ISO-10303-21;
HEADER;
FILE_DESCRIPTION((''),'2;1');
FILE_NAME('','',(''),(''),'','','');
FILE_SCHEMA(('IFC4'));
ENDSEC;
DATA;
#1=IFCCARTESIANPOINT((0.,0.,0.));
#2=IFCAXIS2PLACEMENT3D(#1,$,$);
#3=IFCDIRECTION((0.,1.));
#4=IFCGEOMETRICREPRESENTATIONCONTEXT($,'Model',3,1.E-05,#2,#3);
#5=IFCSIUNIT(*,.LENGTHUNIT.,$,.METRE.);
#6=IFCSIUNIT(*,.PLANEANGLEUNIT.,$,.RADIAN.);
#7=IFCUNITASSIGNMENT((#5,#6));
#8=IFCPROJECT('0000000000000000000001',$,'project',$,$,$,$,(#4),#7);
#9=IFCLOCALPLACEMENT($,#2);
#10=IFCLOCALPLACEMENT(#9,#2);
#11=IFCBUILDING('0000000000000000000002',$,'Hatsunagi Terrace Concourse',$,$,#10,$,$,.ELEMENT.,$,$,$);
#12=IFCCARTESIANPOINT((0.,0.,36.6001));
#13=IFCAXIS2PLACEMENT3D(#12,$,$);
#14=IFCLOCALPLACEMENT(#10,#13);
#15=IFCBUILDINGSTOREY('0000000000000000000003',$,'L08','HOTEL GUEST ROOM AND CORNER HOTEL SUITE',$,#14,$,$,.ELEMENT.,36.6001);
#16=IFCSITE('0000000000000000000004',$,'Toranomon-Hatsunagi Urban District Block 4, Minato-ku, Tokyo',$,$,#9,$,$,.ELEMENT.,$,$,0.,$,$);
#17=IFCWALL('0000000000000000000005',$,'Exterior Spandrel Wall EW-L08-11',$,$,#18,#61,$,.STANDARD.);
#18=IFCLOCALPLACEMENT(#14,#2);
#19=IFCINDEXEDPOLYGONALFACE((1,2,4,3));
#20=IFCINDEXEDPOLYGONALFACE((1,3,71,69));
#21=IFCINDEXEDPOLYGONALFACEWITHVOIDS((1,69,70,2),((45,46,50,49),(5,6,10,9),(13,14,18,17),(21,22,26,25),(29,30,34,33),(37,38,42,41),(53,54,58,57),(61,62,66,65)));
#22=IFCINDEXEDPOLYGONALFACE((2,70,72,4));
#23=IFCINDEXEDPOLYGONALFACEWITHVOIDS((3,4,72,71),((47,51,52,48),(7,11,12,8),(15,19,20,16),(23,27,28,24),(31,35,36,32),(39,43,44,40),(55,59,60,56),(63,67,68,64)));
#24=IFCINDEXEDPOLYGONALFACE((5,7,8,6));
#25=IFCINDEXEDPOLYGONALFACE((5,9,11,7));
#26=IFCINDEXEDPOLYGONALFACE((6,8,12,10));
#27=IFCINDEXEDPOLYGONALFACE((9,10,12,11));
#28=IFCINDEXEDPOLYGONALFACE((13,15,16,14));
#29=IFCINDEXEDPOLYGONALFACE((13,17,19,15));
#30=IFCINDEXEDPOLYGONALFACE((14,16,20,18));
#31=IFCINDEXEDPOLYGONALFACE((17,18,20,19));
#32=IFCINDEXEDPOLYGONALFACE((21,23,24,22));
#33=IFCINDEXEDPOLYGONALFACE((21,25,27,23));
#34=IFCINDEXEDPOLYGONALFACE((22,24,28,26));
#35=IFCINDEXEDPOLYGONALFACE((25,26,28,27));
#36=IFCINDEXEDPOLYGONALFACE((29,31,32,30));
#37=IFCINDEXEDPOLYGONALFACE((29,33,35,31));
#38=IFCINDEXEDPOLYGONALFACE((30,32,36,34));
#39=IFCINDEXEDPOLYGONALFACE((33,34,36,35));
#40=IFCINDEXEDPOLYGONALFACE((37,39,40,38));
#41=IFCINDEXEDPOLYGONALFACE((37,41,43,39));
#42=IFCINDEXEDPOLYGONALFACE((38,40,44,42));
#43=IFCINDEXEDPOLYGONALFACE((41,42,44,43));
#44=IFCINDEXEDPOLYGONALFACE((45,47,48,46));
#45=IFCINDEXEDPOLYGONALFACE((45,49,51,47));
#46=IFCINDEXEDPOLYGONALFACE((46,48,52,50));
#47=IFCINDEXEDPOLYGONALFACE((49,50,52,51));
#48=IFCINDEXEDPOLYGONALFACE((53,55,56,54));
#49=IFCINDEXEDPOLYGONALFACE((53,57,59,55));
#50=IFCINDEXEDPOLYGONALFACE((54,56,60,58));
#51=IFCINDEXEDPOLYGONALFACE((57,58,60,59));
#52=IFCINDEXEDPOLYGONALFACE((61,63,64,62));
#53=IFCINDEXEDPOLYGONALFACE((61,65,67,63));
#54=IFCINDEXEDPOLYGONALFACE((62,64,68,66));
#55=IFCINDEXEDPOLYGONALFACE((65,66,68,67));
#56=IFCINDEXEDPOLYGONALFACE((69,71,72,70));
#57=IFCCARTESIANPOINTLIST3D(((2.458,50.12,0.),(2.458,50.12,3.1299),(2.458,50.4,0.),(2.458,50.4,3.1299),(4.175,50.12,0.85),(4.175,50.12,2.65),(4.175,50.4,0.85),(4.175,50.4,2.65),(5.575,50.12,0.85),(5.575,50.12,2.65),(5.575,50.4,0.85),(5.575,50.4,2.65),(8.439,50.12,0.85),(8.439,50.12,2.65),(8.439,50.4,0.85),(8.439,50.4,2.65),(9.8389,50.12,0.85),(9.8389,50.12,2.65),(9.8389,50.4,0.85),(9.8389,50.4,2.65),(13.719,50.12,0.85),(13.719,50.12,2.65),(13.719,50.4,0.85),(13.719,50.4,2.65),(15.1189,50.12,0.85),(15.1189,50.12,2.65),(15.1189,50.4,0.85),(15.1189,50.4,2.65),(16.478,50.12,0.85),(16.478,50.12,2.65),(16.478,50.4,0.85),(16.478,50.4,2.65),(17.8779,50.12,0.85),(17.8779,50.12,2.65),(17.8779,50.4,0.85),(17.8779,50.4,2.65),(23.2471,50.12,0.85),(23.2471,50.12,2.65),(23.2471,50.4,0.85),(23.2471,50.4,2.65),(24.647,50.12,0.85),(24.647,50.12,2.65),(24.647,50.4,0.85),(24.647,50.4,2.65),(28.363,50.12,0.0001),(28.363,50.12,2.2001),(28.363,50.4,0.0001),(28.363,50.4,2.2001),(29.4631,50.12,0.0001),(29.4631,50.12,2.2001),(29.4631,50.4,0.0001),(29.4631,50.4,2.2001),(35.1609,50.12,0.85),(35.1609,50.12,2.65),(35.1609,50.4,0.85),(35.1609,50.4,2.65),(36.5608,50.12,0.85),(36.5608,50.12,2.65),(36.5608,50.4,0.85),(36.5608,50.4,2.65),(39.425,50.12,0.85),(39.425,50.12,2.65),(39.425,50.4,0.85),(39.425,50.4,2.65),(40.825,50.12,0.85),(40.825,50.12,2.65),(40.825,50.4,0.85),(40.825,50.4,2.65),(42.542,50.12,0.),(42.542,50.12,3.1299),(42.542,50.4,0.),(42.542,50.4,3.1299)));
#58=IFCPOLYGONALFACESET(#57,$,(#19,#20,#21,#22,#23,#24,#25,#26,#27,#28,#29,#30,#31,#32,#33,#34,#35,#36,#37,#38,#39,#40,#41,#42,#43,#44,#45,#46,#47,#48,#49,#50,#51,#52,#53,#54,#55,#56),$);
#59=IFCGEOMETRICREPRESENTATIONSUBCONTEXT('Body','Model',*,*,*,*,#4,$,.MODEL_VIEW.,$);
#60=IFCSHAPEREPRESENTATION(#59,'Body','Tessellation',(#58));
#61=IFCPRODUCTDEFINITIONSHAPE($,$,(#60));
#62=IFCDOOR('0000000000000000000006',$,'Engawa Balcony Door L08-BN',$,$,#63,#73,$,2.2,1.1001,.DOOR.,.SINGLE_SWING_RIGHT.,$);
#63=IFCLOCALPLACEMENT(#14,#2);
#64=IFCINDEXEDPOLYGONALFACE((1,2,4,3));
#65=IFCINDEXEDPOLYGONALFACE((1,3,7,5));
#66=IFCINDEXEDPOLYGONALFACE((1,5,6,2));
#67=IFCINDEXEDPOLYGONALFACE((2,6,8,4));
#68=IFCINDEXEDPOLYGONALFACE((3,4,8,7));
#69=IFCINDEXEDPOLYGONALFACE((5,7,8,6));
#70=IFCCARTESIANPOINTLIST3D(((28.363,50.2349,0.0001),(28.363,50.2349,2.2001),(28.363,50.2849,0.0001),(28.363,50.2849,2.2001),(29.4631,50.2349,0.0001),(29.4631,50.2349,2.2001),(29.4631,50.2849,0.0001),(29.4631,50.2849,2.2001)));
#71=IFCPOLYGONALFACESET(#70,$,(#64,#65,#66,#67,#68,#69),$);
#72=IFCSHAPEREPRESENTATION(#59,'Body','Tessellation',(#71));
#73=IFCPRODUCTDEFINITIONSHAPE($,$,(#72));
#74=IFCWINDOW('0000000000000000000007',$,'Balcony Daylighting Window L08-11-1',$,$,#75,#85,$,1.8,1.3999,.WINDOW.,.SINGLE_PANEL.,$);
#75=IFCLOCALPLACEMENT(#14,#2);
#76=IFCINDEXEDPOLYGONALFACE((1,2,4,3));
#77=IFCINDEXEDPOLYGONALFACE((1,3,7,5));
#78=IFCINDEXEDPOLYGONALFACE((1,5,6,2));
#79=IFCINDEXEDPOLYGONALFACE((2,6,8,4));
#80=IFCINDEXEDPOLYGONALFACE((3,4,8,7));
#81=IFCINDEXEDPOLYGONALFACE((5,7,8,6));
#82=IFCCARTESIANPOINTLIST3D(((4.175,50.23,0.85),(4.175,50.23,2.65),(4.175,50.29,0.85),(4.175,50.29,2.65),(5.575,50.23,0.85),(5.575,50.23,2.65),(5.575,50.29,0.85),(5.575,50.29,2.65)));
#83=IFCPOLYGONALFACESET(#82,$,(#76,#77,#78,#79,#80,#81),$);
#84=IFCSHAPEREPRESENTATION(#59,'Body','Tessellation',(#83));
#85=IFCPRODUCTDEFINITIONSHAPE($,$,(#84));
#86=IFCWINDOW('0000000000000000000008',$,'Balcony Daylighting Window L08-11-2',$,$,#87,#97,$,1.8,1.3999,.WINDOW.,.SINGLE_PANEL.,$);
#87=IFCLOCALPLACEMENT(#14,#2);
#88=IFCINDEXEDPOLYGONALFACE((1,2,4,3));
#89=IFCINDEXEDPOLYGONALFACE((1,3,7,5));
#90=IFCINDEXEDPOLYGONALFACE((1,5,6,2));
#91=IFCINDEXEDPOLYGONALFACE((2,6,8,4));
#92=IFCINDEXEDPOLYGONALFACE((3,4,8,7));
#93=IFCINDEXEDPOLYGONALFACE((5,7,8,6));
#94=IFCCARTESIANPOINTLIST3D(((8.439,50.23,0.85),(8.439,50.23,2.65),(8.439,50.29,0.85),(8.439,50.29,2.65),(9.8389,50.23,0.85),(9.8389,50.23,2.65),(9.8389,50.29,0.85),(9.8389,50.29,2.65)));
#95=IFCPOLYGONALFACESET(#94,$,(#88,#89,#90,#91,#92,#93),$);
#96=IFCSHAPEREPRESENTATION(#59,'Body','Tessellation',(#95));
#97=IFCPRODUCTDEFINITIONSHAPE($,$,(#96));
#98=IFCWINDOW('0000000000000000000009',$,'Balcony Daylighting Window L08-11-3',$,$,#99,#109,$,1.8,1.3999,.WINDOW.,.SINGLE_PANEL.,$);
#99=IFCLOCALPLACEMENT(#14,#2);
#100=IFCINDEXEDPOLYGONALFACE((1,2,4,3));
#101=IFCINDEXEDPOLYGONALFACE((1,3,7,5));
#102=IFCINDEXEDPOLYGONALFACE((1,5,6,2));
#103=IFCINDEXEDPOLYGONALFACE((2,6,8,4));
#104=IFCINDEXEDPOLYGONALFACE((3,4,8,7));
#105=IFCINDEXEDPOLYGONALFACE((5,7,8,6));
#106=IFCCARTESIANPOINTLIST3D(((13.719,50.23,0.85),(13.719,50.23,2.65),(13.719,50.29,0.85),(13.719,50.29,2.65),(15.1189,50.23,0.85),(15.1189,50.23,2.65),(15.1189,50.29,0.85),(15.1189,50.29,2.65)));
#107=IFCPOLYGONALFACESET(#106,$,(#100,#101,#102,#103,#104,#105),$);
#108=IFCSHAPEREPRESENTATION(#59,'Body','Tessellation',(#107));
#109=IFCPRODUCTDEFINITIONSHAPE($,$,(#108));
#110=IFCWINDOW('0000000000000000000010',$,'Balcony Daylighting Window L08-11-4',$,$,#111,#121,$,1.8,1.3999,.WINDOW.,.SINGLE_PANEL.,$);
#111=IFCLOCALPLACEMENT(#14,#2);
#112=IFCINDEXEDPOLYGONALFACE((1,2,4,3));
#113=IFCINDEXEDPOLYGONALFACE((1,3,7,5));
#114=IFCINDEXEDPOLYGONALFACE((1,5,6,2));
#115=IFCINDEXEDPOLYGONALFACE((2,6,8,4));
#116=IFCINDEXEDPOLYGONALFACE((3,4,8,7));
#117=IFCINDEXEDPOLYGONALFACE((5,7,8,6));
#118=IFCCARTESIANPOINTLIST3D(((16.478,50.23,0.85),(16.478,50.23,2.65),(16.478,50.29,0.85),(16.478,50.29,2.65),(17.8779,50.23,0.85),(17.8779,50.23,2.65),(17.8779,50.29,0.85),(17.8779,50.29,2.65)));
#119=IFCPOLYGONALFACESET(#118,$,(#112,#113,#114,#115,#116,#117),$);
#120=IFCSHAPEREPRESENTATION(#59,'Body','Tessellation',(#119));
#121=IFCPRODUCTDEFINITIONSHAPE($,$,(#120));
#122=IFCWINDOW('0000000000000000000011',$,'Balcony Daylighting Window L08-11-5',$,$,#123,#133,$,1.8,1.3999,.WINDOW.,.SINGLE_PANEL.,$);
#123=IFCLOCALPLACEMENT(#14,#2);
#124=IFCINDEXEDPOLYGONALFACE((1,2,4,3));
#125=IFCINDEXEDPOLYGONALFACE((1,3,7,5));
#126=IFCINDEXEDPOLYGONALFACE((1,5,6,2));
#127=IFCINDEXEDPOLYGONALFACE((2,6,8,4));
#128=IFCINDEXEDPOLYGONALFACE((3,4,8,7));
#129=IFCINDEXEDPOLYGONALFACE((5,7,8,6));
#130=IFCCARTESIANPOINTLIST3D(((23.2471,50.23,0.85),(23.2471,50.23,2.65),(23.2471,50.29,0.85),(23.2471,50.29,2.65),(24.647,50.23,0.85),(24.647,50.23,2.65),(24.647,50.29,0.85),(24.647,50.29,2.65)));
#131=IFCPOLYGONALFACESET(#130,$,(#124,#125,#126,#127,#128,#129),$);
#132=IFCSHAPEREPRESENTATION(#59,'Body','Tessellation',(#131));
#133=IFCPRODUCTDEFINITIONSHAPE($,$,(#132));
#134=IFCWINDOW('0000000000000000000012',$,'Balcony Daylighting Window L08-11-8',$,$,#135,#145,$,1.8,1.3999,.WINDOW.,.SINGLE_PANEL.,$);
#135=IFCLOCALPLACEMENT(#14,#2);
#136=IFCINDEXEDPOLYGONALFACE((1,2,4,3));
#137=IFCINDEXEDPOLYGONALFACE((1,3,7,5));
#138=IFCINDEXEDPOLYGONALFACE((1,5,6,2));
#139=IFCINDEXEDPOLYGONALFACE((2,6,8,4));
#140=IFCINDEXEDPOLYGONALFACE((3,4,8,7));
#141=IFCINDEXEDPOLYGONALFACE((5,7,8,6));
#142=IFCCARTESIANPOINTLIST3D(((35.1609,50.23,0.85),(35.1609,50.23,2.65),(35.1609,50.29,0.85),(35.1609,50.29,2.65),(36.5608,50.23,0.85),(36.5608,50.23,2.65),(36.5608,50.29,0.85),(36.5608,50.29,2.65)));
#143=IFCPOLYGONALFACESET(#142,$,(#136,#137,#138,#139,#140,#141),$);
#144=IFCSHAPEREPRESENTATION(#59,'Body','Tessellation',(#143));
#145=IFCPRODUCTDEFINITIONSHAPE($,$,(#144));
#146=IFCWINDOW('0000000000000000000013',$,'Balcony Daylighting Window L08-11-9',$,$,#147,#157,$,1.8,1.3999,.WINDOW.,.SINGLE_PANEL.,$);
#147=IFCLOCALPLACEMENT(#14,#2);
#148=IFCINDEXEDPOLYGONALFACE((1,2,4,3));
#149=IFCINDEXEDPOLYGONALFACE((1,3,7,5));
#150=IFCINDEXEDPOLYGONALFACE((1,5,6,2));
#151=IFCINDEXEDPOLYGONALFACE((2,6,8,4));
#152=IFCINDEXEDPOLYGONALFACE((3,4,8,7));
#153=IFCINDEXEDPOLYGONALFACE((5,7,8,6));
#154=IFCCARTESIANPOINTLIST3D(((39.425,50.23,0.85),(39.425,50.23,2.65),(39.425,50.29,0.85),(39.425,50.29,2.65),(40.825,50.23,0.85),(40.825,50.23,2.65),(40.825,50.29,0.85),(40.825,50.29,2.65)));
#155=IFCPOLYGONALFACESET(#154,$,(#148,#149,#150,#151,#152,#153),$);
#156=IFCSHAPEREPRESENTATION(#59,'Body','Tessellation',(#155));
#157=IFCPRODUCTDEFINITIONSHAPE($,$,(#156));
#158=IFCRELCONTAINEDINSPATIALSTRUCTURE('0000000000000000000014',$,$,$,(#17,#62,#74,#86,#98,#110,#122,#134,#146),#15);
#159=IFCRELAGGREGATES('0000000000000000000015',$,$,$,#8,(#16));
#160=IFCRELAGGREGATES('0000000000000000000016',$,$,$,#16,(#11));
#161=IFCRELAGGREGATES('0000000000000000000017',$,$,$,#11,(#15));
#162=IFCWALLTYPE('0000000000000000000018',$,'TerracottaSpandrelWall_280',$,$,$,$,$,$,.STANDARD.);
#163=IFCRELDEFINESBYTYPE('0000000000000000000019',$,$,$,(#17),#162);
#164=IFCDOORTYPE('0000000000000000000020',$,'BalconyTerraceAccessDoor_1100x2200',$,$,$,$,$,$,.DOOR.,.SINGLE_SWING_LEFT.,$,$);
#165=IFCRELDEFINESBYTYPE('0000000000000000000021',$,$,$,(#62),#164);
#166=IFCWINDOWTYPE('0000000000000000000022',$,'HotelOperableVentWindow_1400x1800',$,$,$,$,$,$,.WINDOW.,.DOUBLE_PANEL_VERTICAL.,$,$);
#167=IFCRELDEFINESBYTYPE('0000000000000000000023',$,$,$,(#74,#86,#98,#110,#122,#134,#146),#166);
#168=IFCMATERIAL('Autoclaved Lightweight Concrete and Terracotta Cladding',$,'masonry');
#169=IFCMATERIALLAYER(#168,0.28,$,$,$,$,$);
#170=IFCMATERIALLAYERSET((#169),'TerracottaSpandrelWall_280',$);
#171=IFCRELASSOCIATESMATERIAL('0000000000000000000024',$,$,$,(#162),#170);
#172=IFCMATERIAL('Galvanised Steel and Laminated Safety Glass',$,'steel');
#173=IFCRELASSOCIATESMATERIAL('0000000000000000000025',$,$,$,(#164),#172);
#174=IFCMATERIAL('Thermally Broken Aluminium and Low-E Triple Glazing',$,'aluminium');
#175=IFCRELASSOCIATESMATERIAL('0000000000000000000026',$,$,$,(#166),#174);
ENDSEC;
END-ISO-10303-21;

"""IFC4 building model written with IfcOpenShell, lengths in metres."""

from ifc_helpers import new_model, si_unit, direction, frame, frame_2d, origin, place, context, subcontext, project, spatial, rectangle, extrude, material, layer, layer_set, type_object, element, fill, save


model = new_model("IFC4")

# Units and contexts
model_context = context("Model", 3, precision=1e-05, world=origin(), true_north=direction((0.0, 1.0)))
body_context = subcontext(model_context, "Body", "Model", "MODEL_VIEW")
ifc_project = project(units=[si_unit("LENGTHUNIT", "METRE"), si_unit("PLANEANGLEUNIT", "RADIAN")], contexts=[model_context])

# Site, building, storey
site_placement = place(None, origin())
site = spatial("IfcSite", under=ifc_project, at=site_placement, Name="Toranomon-Hatsunagi Urban District Block 4, Minato-ku, Tokyo", CompositionType="ELEMENT", RefElevation=0.0)
building_placement = place(site_placement, origin())
building = spatial("IfcBuilding", under=site, at=building_placement, Name="Hatsunagi Terrace Concourse", CompositionType="ELEMENT")
storey_placement = place(building_placement, frame((0.0, 0.0, 36.6001)))
storey = spatial("IfcBuildingStorey", under=building, at=storey_placement, Name="L08", Description="HOTEL GUEST ROOM AND CORNER HOTEL SUITE", CompositionType="ELEMENT", Elevation=36.6001)

# Shared definitions
ifc_material_1 = material(Name="Autoclaved Lightweight Concrete and Terracotta Cladding", Category="masonry")
ifc_layer_1 = layer(ifc_material_1, 0.28)
ifc_layer_set_1 = layer_set([ifc_layer_1], Name="TerracottaSpandrelWall_280")
wall_type = type_object("IfcWallType", Name="TerracottaSpandrelWall_280", PredefinedType="STANDARD", material=ifc_layer_set_1)

# Wall, openings, door, windows
wall_1_placement = place(storey_placement, frame((2.458, 50.26, 0.0), z_axis=(0.0, 0.0, 1.0), x_axis=(1.0, 0.0, 0.0)))
wall_1 = element("IfcWall", 1, at=wall_1_placement, inside=storey, type_object=wall_type, Name="Exterior Spandrel Wall EW-L08-11", PredefinedType="STANDARD", context=body_context, shape_type="SweptSolid", body=[
    extrude(rectangle(XDim=40.084, YDim=0.28, at=frame_2d((20.042, 0.0))), origin(), (0.0, 0.0, 1.0), 3.1299),
])
opening_1_placement = place(wall_1_placement, frame((25.905, 0.0, 0.0)))
opening_1 = element("IfcOpeningElement", 2, at=opening_1_placement, cuts=wall_1, PredefinedType="OPENING", context=body_context, shape_type="SweptSolid", body=[
    extrude(rectangle(XDim=1.1001, YDim=2.2, at=frame_2d((0.55, 1.1001))), frame((0.0, 0.1499, 0.0), z_axis=(0.0, -1.0, 0.0), x_axis=(1.0, 0.0, 0.0)), (0.0, 0.0, 1.0), 0.3),
])
opening_2_placement = place(wall_1_placement, frame((1.717, 0.0, 0.8501)))
opening_2 = element("IfcOpeningElement", 3, at=opening_2_placement, cuts=wall_1, PredefinedType="OPENING", context=body_context, shape_type="SweptSolid", body=[
    extrude(rectangle(XDim=1.3999, YDim=1.8, at=frame_2d((0.7, 0.8999))), frame((0.0, 0.1499, 0.0), z_axis=(0.0, -1.0, 0.0), x_axis=(1.0, 0.0, 0.0)), (0.0, 0.0, 1.0), 0.3),
])
opening_3_placement = place(wall_1_placement, frame((5.981, 0.0, 0.8501)))
opening_3 = element("IfcOpeningElement", 4, at=opening_3_placement, cuts=wall_1, PredefinedType="OPENING", context=body_context, shape_type="SweptSolid", body=[
    extrude(rectangle(XDim=1.3999, YDim=1.8, at=frame_2d((0.7, 0.8999))), frame((0.0, 0.1499, 0.0), z_axis=(0.0, -1.0, 0.0), x_axis=(1.0, 0.0, 0.0)), (0.0, 0.0, 1.0), 0.3),
])
opening_4_placement = place(wall_1_placement, frame((11.261, 0.0, 0.8501)))
opening_4 = element("IfcOpeningElement", 5, at=opening_4_placement, cuts=wall_1, PredefinedType="OPENING", context=body_context, shape_type="SweptSolid", body=[
    extrude(rectangle(XDim=1.3999, YDim=1.8, at=frame_2d((0.7, 0.8999))), frame((0.0, 0.1499, 0.0), z_axis=(0.0, -1.0, 0.0), x_axis=(1.0, 0.0, 0.0)), (0.0, 0.0, 1.0), 0.3),
])
opening_5_placement = place(wall_1_placement, frame((14.02, 0.0, 0.8501)))
opening_5 = element("IfcOpeningElement", 6, at=opening_5_placement, cuts=wall_1, PredefinedType="OPENING", context=body_context, shape_type="SweptSolid", body=[
    extrude(rectangle(XDim=1.3999, YDim=1.8, at=frame_2d((0.7, 0.8999))), frame((0.0, 0.1499, 0.0), z_axis=(0.0, -1.0, 0.0), x_axis=(1.0, 0.0, 0.0)), (0.0, 0.0, 1.0), 0.3),
])
opening_6_placement = place(wall_1_placement, frame((20.7891, 0.0, 0.8501)))
opening_6 = element("IfcOpeningElement", 7, at=opening_6_placement, cuts=wall_1, PredefinedType="OPENING", context=body_context, shape_type="SweptSolid", body=[
    extrude(rectangle(XDim=1.3999, YDim=1.8, at=frame_2d((0.7, 0.8999))), frame((0.0, 0.1499, 0.0), z_axis=(0.0, -1.0, 0.0), x_axis=(1.0, 0.0, 0.0)), (0.0, 0.0, 1.0), 0.3),
])
opening_7_placement = place(wall_1_placement, frame((32.7029, 0.0, 0.8501)))
opening_7 = element("IfcOpeningElement", 8, at=opening_7_placement, cuts=wall_1, PredefinedType="OPENING", context=body_context, shape_type="SweptSolid", body=[
    extrude(rectangle(XDim=1.3999, YDim=1.8, at=frame_2d((0.7, 0.8999))), frame((0.0, 0.1499, 0.0), z_axis=(0.0, -1.0, 0.0), x_axis=(1.0, 0.0, 0.0)), (0.0, 0.0, 1.0), 0.3),
])
opening_8_placement = place(wall_1_placement, frame((36.967, 0.0, 0.8501)))
opening_8 = element("IfcOpeningElement", 9, at=opening_8_placement, cuts=wall_1, PredefinedType="OPENING", context=body_context, shape_type="SweptSolid", body=[
    extrude(rectangle(XDim=1.3999, YDim=1.8, at=frame_2d((0.7, 0.8999))), frame((0.0, 0.1499, 0.0), z_axis=(0.0, -1.0, 0.0), x_axis=(1.0, 0.0, 0.0)), (0.0, 0.0, 1.0), 0.3),
])
ifc_material_2 = material(Name="Galvanised Steel and Laminated Safety Glass", Category="steel")
door_type = type_object("IfcDoorType", Name="BalconyTerraceAccessDoor_1100x2200", OperationType="SINGLE_SWING_LEFT", PredefinedType="DOOR", material=ifc_material_2)
door_placement = place(opening_1_placement, origin())
door = element("IfcDoor", 10, at=door_placement, inside=storey, type_object=door_type, Name="Engawa Balcony Door L08-BN", OperationType="SINGLE_SWING_RIGHT", OverallHeight=2.2, OverallWidth=1.1001, PredefinedType="DOOR", context=body_context, shape_type="SweptSolid", body=[
    extrude(rectangle(XDim=1.1001, YDim=2.2, at=frame_2d((0.55, 1.1001))), frame((0.0, 0.0249, 0.0), z_axis=(0.0, -1.0, 0.0), x_axis=(1.0, 0.0, 0.0)), (0.0, 0.0, 1.0), 0.05),
])
fill(opening_1, door)
ifc_material_3 = material(Name="Thermally Broken Aluminium and Low-E Triple Glazing", Category="aluminium")
window_type = type_object("IfcWindowType", Name="HotelOperableVentWindow_1400x1800", PartitioningType="DOUBLE_PANEL_VERTICAL", PredefinedType="WINDOW", material=ifc_material_3)
window_1_placement = place(opening_2_placement, origin())
window_1 = element("IfcWindow", 11, at=window_1_placement, inside=storey, type_object=window_type, Name="Balcony Daylighting Window L08-11-1", OverallHeight=1.8, OverallWidth=1.3999, PartitioningType="SINGLE_PANEL", PredefinedType="WINDOW", context=body_context, shape_type="SweptSolid", body=[
    extrude(rectangle(XDim=1.3999, YDim=1.8, at=frame_2d((0.7, 0.8999))), frame((0.0, 0.03, 0.0), z_axis=(0.0, -1.0, 0.0), x_axis=(1.0, 0.0, 0.0)), (0.0, 0.0, 1.0), 0.0601),
])
fill(opening_2, window_1)
window_2_placement = place(opening_3_placement, origin())
window_2 = element("IfcWindow", 12, at=window_2_placement, inside=storey, type_object=window_type, Name="Balcony Daylighting Window L08-11-2", OverallHeight=1.8, OverallWidth=1.3999, PartitioningType="SINGLE_PANEL", PredefinedType="WINDOW", context=body_context, shape_type="SweptSolid", body=[
    extrude(rectangle(XDim=1.3999, YDim=1.8, at=frame_2d((0.7, 0.8999))), frame((0.0, 0.03, 0.0), z_axis=(0.0, -1.0, 0.0), x_axis=(1.0, 0.0, 0.0)), (0.0, 0.0, 1.0), 0.0601),
])
fill(opening_3, window_2)
window_3_placement = place(opening_4_placement, origin())
window_3 = element("IfcWindow", 13, at=window_3_placement, inside=storey, type_object=window_type, Name="Balcony Daylighting Window L08-11-3", OverallHeight=1.8, OverallWidth=1.3999, PartitioningType="SINGLE_PANEL", PredefinedType="WINDOW", context=body_context, shape_type="SweptSolid", body=[
    extrude(rectangle(XDim=1.3999, YDim=1.8, at=frame_2d((0.7, 0.8999))), frame((0.0, 0.03, 0.0), z_axis=(0.0, -1.0, 0.0), x_axis=(1.0, 0.0, 0.0)), (0.0, 0.0, 1.0), 0.0601),
])
fill(opening_4, window_3)
window_4_placement = place(opening_5_placement, origin())
window_4 = element("IfcWindow", 14, at=window_4_placement, inside=storey, type_object=window_type, Name="Balcony Daylighting Window L08-11-4", OverallHeight=1.8, OverallWidth=1.3999, PartitioningType="SINGLE_PANEL", PredefinedType="WINDOW", context=body_context, shape_type="SweptSolid", body=[
    extrude(rectangle(XDim=1.3999, YDim=1.8, at=frame_2d((0.7, 0.8999))), frame((0.0, 0.03, 0.0), z_axis=(0.0, -1.0, 0.0), x_axis=(1.0, 0.0, 0.0)), (0.0, 0.0, 1.0), 0.0601),
])
fill(opening_5, window_4)
window_5_placement = place(opening_6_placement, origin())
window_5 = element("IfcWindow", 15, at=window_5_placement, inside=storey, type_object=window_type, Name="Balcony Daylighting Window L08-11-5", OverallHeight=1.8, OverallWidth=1.3999, PartitioningType="SINGLE_PANEL", PredefinedType="WINDOW", context=body_context, shape_type="SweptSolid", body=[
    extrude(rectangle(XDim=1.3999, YDim=1.8, at=frame_2d((0.7, 0.8999))), frame((0.0, 0.03, 0.0), z_axis=(0.0, -1.0, 0.0), x_axis=(1.0, 0.0, 0.0)), (0.0, 0.0, 1.0), 0.0601),
])
fill(opening_6, window_5)
window_6_placement = place(opening_7_placement, origin())
window_6 = element("IfcWindow", 16, at=window_6_placement, inside=storey, type_object=window_type, Name="Balcony Daylighting Window L08-11-8", OverallHeight=1.8, OverallWidth=1.3999, PartitioningType="SINGLE_PANEL", PredefinedType="WINDOW", context=body_context, shape_type="SweptSolid", body=[
    extrude(rectangle(XDim=1.3999, YDim=1.8, at=frame_2d((0.7, 0.8999))), frame((0.0, 0.03, 0.0), z_axis=(0.0, -1.0, 0.0), x_axis=(1.0, 0.0, 0.0)), (0.0, 0.0, 1.0), 0.0601),
])
fill(opening_7, window_6)
window_7_placement = place(opening_8_placement, origin())
window_7 = element("IfcWindow", 17, at=window_7_placement, inside=storey, type_object=window_type, Name="Balcony Daylighting Window L08-11-9", OverallHeight=1.8, OverallWidth=1.3999, PartitioningType="SINGLE_PANEL", PredefinedType="WINDOW", context=body_context, shape_type="SweptSolid", body=[
    extrude(rectangle(XDim=1.3999, YDim=1.8, at=frame_2d((0.7, 0.8999))), frame((0.0, 0.03, 0.0), z_axis=(0.0, -1.0, 0.0), x_axis=(1.0, 0.0, 0.0)), (0.0, 0.0, 1.0), 0.0601),
])
fill(opening_8, window_7)

save(model, "model.ifc")
